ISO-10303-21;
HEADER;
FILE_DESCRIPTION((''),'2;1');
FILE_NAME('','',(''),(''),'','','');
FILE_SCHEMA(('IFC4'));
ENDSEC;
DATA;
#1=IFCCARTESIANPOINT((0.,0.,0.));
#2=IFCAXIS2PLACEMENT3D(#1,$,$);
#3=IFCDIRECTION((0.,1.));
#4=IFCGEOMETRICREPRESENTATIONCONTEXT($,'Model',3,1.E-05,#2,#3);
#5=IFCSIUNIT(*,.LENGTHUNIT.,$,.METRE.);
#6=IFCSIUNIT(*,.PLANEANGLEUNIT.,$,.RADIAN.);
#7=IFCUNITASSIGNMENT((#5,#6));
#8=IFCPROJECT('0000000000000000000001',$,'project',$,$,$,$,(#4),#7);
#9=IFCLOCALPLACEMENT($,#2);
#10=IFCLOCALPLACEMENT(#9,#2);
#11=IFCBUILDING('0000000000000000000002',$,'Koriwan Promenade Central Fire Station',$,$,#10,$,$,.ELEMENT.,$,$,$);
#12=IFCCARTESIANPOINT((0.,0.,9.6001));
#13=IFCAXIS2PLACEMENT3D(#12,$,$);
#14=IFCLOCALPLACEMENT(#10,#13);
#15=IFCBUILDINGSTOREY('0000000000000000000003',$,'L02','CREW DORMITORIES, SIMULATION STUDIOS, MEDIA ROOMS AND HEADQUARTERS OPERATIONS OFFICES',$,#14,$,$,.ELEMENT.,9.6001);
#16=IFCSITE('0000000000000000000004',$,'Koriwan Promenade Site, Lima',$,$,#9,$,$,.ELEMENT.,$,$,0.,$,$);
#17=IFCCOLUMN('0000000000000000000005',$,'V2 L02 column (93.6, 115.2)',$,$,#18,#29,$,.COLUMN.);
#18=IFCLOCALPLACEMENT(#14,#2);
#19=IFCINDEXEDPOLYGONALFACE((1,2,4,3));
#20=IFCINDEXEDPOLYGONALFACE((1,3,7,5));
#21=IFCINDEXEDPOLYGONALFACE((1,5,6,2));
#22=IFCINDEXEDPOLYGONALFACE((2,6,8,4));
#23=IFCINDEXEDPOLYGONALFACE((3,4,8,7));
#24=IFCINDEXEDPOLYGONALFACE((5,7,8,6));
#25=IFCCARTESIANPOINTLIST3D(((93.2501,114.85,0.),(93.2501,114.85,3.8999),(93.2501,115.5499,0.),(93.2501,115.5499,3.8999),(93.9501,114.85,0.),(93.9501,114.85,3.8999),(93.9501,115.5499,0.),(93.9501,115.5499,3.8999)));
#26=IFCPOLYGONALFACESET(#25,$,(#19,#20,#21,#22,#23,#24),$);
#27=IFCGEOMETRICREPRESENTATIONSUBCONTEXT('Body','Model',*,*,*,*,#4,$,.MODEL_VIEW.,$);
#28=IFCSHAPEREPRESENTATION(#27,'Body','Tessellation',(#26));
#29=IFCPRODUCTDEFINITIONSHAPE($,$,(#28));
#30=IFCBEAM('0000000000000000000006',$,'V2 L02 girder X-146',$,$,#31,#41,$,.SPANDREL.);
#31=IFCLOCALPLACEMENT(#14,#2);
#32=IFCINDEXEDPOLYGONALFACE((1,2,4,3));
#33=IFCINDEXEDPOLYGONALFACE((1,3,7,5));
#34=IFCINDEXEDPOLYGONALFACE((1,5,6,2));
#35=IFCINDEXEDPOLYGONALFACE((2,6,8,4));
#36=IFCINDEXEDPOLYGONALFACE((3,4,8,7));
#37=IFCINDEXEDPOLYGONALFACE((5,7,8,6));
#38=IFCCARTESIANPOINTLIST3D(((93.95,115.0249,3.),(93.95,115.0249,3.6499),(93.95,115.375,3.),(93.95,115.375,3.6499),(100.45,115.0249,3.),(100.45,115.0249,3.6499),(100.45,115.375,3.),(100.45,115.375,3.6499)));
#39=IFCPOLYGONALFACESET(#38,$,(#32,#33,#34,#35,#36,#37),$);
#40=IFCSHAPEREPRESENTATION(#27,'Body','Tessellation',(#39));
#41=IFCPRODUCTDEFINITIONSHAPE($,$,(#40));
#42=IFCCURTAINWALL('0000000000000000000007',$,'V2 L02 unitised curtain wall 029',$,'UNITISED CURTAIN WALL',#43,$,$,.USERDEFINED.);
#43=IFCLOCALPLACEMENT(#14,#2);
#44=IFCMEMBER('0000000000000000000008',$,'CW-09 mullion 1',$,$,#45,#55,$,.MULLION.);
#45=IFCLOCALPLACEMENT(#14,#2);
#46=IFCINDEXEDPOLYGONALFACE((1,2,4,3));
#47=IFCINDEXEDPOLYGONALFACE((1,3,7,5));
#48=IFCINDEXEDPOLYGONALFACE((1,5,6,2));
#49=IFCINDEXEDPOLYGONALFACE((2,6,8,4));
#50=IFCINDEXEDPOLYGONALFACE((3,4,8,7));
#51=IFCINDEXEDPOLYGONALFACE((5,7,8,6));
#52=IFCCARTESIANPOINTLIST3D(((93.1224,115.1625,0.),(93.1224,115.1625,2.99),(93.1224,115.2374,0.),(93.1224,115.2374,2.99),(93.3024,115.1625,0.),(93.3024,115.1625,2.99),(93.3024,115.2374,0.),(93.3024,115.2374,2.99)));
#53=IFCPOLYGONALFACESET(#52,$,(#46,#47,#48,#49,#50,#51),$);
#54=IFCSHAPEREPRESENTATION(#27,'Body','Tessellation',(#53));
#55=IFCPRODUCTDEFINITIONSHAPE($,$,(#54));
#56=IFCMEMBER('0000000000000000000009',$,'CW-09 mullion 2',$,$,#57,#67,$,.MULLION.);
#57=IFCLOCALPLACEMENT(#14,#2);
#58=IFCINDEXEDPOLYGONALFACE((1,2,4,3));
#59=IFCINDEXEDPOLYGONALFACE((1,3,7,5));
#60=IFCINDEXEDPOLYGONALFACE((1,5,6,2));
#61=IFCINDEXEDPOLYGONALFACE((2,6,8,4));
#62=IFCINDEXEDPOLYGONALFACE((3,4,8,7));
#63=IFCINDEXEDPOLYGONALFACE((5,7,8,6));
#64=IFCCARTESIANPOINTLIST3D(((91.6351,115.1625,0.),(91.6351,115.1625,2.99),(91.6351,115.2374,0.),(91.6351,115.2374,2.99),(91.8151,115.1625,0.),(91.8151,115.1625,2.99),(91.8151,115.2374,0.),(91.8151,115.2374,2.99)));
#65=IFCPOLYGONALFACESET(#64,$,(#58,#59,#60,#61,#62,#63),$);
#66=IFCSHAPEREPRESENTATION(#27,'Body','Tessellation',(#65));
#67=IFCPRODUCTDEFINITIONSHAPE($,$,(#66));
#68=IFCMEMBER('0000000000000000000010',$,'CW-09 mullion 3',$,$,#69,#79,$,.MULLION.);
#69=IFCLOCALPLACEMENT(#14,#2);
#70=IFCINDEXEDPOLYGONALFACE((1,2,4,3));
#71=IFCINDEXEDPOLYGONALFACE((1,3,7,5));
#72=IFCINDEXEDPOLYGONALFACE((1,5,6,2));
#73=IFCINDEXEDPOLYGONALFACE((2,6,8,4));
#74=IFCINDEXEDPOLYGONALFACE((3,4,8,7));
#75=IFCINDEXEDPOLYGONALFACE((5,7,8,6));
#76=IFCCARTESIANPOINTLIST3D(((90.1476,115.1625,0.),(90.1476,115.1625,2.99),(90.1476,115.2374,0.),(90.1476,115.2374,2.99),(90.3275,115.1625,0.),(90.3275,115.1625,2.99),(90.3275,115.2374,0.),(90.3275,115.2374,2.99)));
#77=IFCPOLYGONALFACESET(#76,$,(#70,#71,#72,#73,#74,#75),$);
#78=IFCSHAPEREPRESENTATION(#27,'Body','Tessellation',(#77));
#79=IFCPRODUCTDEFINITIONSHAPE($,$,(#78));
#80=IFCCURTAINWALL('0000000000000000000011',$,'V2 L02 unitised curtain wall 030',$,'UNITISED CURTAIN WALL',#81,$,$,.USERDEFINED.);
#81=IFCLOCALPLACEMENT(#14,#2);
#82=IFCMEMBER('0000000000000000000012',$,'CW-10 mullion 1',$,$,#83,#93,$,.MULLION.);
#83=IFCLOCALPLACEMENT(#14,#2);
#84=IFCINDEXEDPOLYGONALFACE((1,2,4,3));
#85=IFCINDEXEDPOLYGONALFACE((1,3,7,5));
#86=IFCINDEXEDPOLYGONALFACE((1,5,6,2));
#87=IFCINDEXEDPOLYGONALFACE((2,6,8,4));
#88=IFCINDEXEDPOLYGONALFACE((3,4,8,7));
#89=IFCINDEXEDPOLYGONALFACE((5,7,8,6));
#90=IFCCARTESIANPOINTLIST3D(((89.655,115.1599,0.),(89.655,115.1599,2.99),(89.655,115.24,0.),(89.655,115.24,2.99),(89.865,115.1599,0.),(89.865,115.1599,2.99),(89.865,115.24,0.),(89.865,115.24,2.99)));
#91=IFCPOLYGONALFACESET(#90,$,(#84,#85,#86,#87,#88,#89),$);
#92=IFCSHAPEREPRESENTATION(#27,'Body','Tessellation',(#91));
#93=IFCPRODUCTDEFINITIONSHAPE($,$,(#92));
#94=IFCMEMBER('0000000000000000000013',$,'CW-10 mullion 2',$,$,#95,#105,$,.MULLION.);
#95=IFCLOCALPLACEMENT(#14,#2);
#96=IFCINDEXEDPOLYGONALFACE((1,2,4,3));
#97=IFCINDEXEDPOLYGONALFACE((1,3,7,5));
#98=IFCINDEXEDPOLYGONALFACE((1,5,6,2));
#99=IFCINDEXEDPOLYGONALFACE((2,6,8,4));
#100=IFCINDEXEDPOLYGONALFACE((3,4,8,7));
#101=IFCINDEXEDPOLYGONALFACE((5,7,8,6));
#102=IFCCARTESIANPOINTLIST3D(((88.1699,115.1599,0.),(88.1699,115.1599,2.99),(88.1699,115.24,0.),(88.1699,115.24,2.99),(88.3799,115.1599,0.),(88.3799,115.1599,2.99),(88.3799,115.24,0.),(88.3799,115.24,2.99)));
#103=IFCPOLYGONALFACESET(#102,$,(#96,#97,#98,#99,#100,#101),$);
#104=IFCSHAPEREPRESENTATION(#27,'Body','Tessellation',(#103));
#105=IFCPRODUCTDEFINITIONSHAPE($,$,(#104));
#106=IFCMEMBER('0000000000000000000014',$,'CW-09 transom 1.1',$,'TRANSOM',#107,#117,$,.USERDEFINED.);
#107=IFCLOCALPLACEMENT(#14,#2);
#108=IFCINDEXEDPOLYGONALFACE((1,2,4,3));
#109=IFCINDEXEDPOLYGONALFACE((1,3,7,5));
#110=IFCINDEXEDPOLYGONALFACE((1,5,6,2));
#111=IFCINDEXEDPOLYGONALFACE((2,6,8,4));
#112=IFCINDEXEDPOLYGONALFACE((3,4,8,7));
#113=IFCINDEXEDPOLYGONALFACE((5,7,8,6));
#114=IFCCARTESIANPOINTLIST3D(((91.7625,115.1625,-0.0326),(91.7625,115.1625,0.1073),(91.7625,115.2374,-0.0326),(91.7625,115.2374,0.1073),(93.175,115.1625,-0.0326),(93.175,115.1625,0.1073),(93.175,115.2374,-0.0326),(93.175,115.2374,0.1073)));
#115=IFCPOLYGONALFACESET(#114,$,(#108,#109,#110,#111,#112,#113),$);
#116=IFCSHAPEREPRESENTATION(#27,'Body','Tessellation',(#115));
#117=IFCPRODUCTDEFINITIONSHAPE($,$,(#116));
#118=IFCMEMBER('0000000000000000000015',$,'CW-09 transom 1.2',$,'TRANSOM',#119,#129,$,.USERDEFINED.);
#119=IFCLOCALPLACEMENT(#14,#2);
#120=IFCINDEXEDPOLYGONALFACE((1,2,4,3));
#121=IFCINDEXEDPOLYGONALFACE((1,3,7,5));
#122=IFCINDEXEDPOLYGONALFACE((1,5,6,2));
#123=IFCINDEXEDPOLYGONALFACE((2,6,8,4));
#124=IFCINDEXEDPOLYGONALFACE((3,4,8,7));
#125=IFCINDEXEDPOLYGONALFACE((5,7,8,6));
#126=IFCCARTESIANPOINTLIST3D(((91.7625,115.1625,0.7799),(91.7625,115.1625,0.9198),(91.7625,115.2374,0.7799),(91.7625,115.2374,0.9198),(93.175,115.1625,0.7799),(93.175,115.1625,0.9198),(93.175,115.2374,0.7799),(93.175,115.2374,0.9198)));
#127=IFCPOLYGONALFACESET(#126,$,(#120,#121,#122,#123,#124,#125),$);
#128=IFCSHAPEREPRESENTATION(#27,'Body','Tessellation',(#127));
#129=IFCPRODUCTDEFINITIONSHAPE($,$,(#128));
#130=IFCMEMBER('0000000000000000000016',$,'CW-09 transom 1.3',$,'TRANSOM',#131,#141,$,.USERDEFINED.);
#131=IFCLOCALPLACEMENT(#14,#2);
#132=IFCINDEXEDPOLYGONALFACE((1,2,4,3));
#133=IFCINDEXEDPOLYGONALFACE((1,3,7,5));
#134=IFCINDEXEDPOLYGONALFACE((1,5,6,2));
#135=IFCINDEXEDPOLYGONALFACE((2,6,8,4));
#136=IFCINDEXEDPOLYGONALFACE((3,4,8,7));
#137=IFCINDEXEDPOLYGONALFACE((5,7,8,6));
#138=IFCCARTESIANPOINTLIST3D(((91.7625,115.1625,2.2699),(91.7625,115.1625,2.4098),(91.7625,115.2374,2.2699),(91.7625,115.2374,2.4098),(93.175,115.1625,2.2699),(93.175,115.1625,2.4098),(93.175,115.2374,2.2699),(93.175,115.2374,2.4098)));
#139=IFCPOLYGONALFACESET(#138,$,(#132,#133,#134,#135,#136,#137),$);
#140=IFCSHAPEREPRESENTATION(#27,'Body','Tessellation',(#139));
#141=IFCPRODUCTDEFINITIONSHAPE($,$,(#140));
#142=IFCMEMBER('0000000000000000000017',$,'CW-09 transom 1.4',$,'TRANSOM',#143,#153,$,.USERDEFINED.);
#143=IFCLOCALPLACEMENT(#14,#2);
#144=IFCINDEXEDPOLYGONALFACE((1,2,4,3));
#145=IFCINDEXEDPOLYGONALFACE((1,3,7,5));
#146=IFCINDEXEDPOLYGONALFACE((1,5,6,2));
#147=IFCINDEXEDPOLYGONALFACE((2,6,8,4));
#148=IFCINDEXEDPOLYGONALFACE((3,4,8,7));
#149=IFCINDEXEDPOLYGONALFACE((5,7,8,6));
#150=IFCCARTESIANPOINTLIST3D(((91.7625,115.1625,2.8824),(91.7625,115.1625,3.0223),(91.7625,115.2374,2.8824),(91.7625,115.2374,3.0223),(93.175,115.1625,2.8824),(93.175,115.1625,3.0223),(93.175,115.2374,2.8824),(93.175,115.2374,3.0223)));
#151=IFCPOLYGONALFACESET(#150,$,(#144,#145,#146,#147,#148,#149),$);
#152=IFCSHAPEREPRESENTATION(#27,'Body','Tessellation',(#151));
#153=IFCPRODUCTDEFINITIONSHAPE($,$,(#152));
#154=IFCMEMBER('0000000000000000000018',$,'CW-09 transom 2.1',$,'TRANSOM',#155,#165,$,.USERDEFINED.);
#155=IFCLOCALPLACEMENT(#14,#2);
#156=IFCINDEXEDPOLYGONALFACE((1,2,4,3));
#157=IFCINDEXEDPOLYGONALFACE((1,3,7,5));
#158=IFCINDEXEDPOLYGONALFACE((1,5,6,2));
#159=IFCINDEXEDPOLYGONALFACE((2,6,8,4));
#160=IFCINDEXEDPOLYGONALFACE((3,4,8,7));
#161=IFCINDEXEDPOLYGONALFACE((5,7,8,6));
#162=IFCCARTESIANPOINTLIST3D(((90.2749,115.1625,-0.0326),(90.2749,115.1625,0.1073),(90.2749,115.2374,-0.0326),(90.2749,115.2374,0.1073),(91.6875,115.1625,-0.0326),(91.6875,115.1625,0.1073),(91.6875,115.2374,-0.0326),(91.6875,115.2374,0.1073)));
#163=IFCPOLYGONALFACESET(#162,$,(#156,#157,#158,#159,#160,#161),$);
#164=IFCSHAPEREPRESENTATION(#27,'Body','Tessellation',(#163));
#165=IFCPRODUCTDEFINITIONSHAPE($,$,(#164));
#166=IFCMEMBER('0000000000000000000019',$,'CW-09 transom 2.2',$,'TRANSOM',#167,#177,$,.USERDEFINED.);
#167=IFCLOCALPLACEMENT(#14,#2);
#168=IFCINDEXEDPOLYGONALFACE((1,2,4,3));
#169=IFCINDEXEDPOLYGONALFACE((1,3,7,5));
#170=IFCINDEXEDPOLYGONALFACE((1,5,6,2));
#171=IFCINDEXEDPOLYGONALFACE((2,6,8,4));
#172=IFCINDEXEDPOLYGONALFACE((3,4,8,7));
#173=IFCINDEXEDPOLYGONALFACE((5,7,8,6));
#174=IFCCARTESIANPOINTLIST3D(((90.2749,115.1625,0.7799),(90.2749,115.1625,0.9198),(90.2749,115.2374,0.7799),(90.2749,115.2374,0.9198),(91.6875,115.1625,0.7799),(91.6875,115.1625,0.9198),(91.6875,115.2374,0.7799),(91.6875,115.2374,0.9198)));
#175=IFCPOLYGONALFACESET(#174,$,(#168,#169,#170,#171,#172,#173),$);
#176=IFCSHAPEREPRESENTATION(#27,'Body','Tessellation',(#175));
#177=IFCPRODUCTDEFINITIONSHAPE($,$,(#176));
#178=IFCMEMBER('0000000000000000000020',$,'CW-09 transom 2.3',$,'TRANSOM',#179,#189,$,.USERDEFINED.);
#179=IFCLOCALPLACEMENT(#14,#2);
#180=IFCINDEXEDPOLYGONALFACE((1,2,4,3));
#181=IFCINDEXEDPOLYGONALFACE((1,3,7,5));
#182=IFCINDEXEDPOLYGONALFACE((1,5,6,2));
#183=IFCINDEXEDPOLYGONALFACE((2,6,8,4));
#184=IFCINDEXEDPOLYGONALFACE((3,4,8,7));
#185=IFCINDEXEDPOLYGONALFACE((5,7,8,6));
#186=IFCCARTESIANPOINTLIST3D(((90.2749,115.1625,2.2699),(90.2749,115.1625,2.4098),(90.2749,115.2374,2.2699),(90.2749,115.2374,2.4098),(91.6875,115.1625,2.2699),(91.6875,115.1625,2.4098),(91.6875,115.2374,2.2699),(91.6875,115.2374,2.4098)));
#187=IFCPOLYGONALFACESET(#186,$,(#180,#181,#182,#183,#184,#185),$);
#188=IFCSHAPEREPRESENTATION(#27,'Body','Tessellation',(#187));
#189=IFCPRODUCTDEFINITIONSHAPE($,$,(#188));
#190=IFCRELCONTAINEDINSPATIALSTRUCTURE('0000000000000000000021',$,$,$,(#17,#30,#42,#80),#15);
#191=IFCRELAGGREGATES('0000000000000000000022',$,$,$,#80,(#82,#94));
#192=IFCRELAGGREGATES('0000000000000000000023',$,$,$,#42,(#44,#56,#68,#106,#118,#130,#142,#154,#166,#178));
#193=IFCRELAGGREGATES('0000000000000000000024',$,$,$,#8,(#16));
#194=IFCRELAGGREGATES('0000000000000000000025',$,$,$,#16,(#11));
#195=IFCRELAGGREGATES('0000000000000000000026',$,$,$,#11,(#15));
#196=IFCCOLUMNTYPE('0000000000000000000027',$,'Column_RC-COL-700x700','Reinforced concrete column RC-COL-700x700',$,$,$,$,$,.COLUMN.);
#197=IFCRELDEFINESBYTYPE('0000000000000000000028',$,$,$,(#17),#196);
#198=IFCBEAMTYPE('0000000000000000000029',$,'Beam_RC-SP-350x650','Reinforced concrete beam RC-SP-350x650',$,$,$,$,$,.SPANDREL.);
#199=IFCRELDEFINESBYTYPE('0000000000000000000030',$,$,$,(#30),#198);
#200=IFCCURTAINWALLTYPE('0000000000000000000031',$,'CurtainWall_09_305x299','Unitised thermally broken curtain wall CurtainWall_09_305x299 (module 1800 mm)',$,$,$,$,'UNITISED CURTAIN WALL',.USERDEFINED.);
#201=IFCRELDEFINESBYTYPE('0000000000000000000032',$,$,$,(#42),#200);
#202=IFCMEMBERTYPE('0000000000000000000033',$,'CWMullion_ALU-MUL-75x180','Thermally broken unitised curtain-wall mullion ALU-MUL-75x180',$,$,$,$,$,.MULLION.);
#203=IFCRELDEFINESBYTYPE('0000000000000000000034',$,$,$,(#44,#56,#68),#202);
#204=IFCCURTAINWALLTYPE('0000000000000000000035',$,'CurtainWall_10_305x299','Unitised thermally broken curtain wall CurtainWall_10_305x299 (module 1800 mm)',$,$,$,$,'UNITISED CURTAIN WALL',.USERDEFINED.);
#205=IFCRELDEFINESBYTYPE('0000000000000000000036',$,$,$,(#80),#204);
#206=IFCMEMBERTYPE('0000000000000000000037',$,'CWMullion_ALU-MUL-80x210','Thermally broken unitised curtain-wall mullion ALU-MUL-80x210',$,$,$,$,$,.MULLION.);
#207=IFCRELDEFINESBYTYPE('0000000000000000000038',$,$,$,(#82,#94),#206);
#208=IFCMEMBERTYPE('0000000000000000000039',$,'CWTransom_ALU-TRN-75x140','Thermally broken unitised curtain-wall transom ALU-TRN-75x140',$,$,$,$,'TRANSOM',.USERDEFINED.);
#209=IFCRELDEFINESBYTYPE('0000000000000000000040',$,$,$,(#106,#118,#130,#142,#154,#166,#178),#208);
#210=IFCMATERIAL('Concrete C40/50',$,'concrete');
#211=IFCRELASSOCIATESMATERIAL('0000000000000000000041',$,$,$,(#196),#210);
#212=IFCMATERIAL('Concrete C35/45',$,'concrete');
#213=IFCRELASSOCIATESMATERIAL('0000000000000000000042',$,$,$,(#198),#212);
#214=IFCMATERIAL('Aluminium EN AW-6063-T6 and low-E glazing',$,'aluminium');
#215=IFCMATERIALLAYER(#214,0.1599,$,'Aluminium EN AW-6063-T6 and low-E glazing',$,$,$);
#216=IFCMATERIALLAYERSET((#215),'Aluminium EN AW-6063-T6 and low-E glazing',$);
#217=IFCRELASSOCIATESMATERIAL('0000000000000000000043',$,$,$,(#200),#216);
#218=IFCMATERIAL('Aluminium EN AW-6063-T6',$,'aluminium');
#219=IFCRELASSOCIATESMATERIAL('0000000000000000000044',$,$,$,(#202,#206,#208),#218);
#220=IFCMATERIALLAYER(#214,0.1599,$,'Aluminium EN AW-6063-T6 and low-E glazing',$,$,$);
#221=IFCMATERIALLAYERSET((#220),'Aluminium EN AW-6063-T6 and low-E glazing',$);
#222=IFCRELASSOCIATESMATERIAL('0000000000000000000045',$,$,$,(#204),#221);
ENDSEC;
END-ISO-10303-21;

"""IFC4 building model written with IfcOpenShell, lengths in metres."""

from ifc_helpers import new_model, si_unit, direction, frame, origin, origin_2d, place, context, subcontext, project, spatial, rectangle, extrude, material, layer, layer_set, material_profile, profile_set, type_object, element, aggregate, save


model = new_model("IFC4")

# Units and contexts
model_context = context("Model", 3, precision=1e-05, world=origin(), true_north=direction((0.0, 1.0)))
body_context = subcontext(model_context, "Body", "Model", "MODEL_VIEW")
ifc_project = project(units=[si_unit("LENGTHUNIT", "METRE"), si_unit("PLANEANGLEUNIT", "RADIAN")], contexts=[model_context])

# Site, building, storey
site_placement = place(None, origin())
site = spatial("IfcSite", under=ifc_project, at=site_placement, Name="Koriwan Promenade Site, Lima", CompositionType="ELEMENT", RefElevation=0.0)
building_placement = place(site_placement, origin())
building = spatial("IfcBuilding", under=site, at=building_placement, Name="Koriwan Promenade Central Fire Station", CompositionType="ELEMENT")
storey_placement = place(building_placement, frame((0.0, 0.0, 9.6001)))
storey = spatial("IfcBuildingStorey", under=building, at=storey_placement, Name="L02", Description="CREW DORMITORIES, SIMULATION STUDIOS, MEDIA ROOMS AND HEADQUARTERS OPERATIONS OFFICES", CompositionType="ELEMENT", Elevation=9.6001)

# Column
ifc_material_1 = material(Name="Concrete C40/50", Category="concrete")
ifc_material_profile_1 = material_profile(ifc_material_1, rectangle(XDim=0.7, YDim=0.7, at=origin_2d()), Name="RC-COL-700x700")
ifc_profile_set_1 = profile_set([ifc_material_profile_1], Name="Concrete C40/50")
column_type = type_object("IfcColumnType", Name="Column_RC-COL-700x700", Description="Reinforced concrete column RC-COL-700x700", PredefinedType="COLUMN", material=ifc_profile_set_1)
column_placement = place(storey_placement, frame((93.6001, 115.2, 0.0), z_axis=(0.0, 0.0, 1.0), x_axis=(1.0, 0.0, 0.0)))
element("IfcColumn", 1, at=column_placement, inside=storey, type_object=column_type, Name="V2 L02 column (93.6, 115.2)", PredefinedType="COLUMN", context=body_context, shape_type="SweptSolid", body=[
    extrude(rectangle(XDim=0.7, YDim=0.7, at=origin_2d()), origin(), (0.0, 0.0, 1.0), 3.8999),
])

# Beam
ifc_material_2 = material(Name="Concrete C35/45", Category="concrete")
ifc_material_profile_2 = material_profile(ifc_material_2, rectangle(XDim=0.3501, YDim=0.6499, at=origin_2d()), Name="RC-SP-350x650")
ifc_profile_set_2 = profile_set([ifc_material_profile_2], Name="Concrete C35/45")
beam_type = type_object("IfcBeamType", Name="Beam_RC-SP-350x650", Description="Reinforced concrete beam RC-SP-350x650", PredefinedType="SPANDREL", material=ifc_profile_set_2)
beam_placement = place(storey_placement, frame((93.95, 115.2, 3.325), z_axis=(1.0, 0.0, 0.0), x_axis=(0.0, 1.0, 0.0)))
element("IfcBeam", 2, at=beam_placement, inside=storey, type_object=beam_type, Name="V2 L02 girder X-146", PredefinedType="SPANDREL", context=body_context, shape_type="SweptSolid", body=[
    extrude(rectangle(XDim=0.3501, YDim=0.6499, at=origin_2d()), origin(), (0.0, 0.0, 1.0), 6.5),
])

# Curtain walls, members
ifc_material_3 = material(Name="Aluminium EN AW-6063-T6 and low-E glazing", Category="aluminium")
ifc_layer_1 = layer(ifc_material_3, 0.1599, Name="Aluminium EN AW-6063-T6 and low-E glazing")
ifc_layer_set_1 = layer_set([ifc_layer_1], Name="Aluminium EN AW-6063-T6 and low-E glazing")
curtain_wall_type_1 = type_object("IfcCurtainWallType", Name="CurtainWall_09_305x299", Description="Unitised thermally broken curtain wall CurtainWall_09_305x299 (module 1800 mm)", ElementType="UNITISED CURTAIN WALL", PredefinedType="USERDEFINED", material=ifc_layer_set_1)
curtain_wall_1_placement = place(storey_placement, origin())
curtain_wall_1 = element("IfcCurtainWall", 3, at=curtain_wall_1_placement, inside=storey, type_object=curtain_wall_type_1, Name="V2 L02 unitised curtain wall 029", ObjectType="UNITISED CURTAIN WALL", PredefinedType="USERDEFINED")
ifc_material_4 = material(Name="Aluminium EN AW-6063-T6", Category="aluminium")
ifc_material_profile_3 = material_profile(ifc_material_4, rectangle(XDim=0.075, YDim=0.1799, at=origin_2d()), Name="ALU-MUL-75x180")
ifc_profile_set_3 = profile_set([ifc_material_profile_3], Name="Aluminium EN AW-6063-T6")
member_type_1 = type_object("IfcMemberType", Name="CWMullion_ALU-MUL-75x180", Description="Thermally broken unitised curtain-wall mullion ALU-MUL-75x180", PredefinedType="MULLION", material=ifc_profile_set_3)
member_1_placement = place(storey_placement, frame((93.2124, 115.2, 0.0), z_axis=(0.0, 0.0, 1.0), x_axis=(0.0, -1.0, 0.0)))
member_1 = element("IfcMember", 4, at=member_1_placement, type_object=member_type_1, Name="CW-09 mullion 1", PredefinedType="MULLION", context=body_context, shape_type="SweptSolid", body=[
    extrude(rectangle(XDim=0.075, YDim=0.1799, at=origin_2d()), origin(), (0.0, 0.0, 1.0), 2.99),
])
member_2_placement = place(storey_placement, frame((91.7251, 115.2, 0.0), z_axis=(0.0, 0.0, 1.0), x_axis=(0.0, -1.0, 0.0)))
member_2 = element("IfcMember", 5, at=member_2_placement, type_object=member_type_1, Name="CW-09 mullion 2", PredefinedType="MULLION", context=body_context, shape_type="SweptSolid", body=[
    extrude(rectangle(XDim=0.075, YDim=0.1799, at=origin_2d()), origin(), (0.0, 0.0, 1.0), 2.99),
])
member_3_placement = place(storey_placement, frame((90.2375, 115.2, 0.0), z_axis=(0.0, 0.0, 1.0), x_axis=(0.0, -1.0, 0.0)))
member_3 = element("IfcMember", 6, at=member_3_placement, type_object=member_type_1, Name="CW-09 mullion 3", PredefinedType="MULLION", context=body_context, shape_type="SweptSolid", body=[
    extrude(rectangle(XDim=0.075, YDim=0.1799, at=origin_2d()), origin(), (0.0, 0.0, 1.0), 2.99),
])
ifc_layer_2 = layer(ifc_material_3, 0.1599, Name="Aluminium EN AW-6063-T6 and low-E glazing")
ifc_layer_set_2 = layer_set([ifc_layer_2], Name="Aluminium EN AW-6063-T6 and low-E glazing")
curtain_wall_type_2 = type_object("IfcCurtainWallType", Name="CurtainWall_10_305x299", Description="Unitised thermally broken curtain wall CurtainWall_10_305x299 (module 1800 mm)", ElementType="UNITISED CURTAIN WALL", PredefinedType="USERDEFINED", material=ifc_layer_set_2)
curtain_wall_2_placement = place(storey_placement, origin())
curtain_wall_2 = element("IfcCurtainWall", 7, at=curtain_wall_2_placement, inside=storey, type_object=curtain_wall_type_2, Name="V2 L02 unitised curtain wall 030", ObjectType="UNITISED CURTAIN WALL", PredefinedType="USERDEFINED")
ifc_material_profile_4 = material_profile(ifc_material_4, rectangle(XDim=0.0801, YDim=0.21, at=origin_2d()), Name="ALU-MUL-80x210")
ifc_profile_set_4 = profile_set([ifc_material_profile_4], Name="Aluminium EN AW-6063-T6")
member_type_2 = type_object("IfcMemberType", Name="CWMullion_ALU-MUL-80x210", Description="Thermally broken unitised curtain-wall mullion ALU-MUL-80x210", PredefinedType="MULLION", material=ifc_profile_set_4)
member_4_placement = place(storey_placement, frame((89.76, 115.2, 0.0), z_axis=(0.0, 0.0, 1.0), x_axis=(0.0, -1.0, 0.0)))
member_4 = element("IfcMember", 8, at=member_4_placement, type_object=member_type_2, Name="CW-10 mullion 1", PredefinedType="MULLION", context=body_context, shape_type="SweptSolid", body=[
    extrude(rectangle(XDim=0.0801, YDim=0.21, at=origin_2d()), origin(), (0.0, 0.0, 1.0), 2.99),
])
member_5_placement = place(storey_placement, frame((88.2749, 115.2, 0.0), z_axis=(0.0, 0.0, 1.0), x_axis=(0.0, -1.0, 0.0)))
member_5 = element("IfcMember", 9, at=member_5_placement, type_object=member_type_2, Name="CW-10 mullion 2", PredefinedType="MULLION", context=body_context, shape_type="SweptSolid", body=[
    extrude(rectangle(XDim=0.0801, YDim=0.21, at=origin_2d()), origin(), (0.0, 0.0, 1.0), 2.99),
])

# Members
ifc_material_profile_5 = material_profile(ifc_material_4, rectangle(XDim=0.075, YDim=0.1399, at=origin_2d()), Name="ALU-TRN-75x140")
ifc_profile_set_5 = profile_set([ifc_material_profile_5], Name="Aluminium EN AW-6063-T6")
member_type_3 = type_object("IfcMemberType", Name="CWTransom_ALU-TRN-75x140", Description="Thermally broken unitised curtain-wall transom ALU-TRN-75x140", ElementType="TRANSOM", PredefinedType="USERDEFINED", material=ifc_profile_set_5)
member_6_placement = place(storey_placement, frame((93.175, 115.2, 0.0374), z_axis=(-1.0, 0.0, 0.0), x_axis=(0.0, -1.0, 0.0)))
member_6 = element("IfcMember", 10, at=member_6_placement, type_object=member_type_3, Name="CW-09 transom 1.1", ObjectType="TRANSOM", PredefinedType="USERDEFINED", context=body_context, shape_type="SweptSolid", body=[
    extrude(rectangle(XDim=0.075, YDim=0.1399, at=origin_2d()), origin(), (0.0, 0.0, 1.0), 1.4126),
])
member_7_placement = place(storey_placement, frame((93.175, 115.2, 0.8499), z_axis=(-1.0, 0.0, 0.0), x_axis=(0.0, -1.0, 0.0)))
member_7 = element("IfcMember", 11, at=member_7_placement, type_object=member_type_3, Name="CW-09 transom 1.2", ObjectType="TRANSOM", PredefinedType="USERDEFINED", context=body_context, shape_type="SweptSolid", body=[
    extrude(rectangle(XDim=0.075, YDim=0.1399, at=origin_2d()), origin(), (0.0, 0.0, 1.0), 1.4126),
])
member_8_placement = place(storey_placement, frame((93.175, 115.2, 2.3398), z_axis=(-1.0, 0.0, 0.0), x_axis=(0.0, -1.0, 0.0)))
member_8 = element("IfcMember", 12, at=member_8_placement, type_object=member_type_3, Name="CW-09 transom 1.3", ObjectType="TRANSOM", PredefinedType="USERDEFINED", context=body_context, shape_type="SweptSolid", body=[
    extrude(rectangle(XDim=0.075, YDim=0.1399, at=origin_2d()), origin(), (0.0, 0.0, 1.0), 1.4126),
])
member_9_placement = place(storey_placement, frame((93.175, 115.2, 2.9524), z_axis=(-1.0, 0.0, 0.0), x_axis=(0.0, -1.0, 0.0)))
member_9 = element("IfcMember", 13, at=member_9_placement, type_object=member_type_3, Name="CW-09 transom 1.4", ObjectType="TRANSOM", PredefinedType="USERDEFINED", context=body_context, shape_type="SweptSolid", body=[
    extrude(rectangle(XDim=0.075, YDim=0.1399, at=origin_2d()), origin(), (0.0, 0.0, 1.0), 1.4126),
])
member_10_placement = place(storey_placement, frame((91.6875, 115.2, 0.0374), z_axis=(-1.0, 0.0, 0.0), x_axis=(0.0, -1.0, 0.0)))
member_10 = element("IfcMember", 14, at=member_10_placement, type_object=member_type_3, Name="CW-09 transom 2.1", ObjectType="TRANSOM", PredefinedType="USERDEFINED", context=body_context, shape_type="SweptSolid", body=[
    extrude(rectangle(XDim=0.075, YDim=0.1399, at=origin_2d()), origin(), (0.0, 0.0, 1.0), 1.4126),
])
member_11_placement = place(storey_placement, frame((91.6875, 115.2, 0.8499), z_axis=(-1.0, 0.0, 0.0), x_axis=(0.0, -1.0, 0.0)))
member_11 = element("IfcMember", 15, at=member_11_placement, type_object=member_type_3, Name="CW-09 transom 2.2", ObjectType="TRANSOM", PredefinedType="USERDEFINED", context=body_context, shape_type="SweptSolid", body=[
    extrude(rectangle(XDim=0.075, YDim=0.1399, at=origin_2d()), origin(), (0.0, 0.0, 1.0), 1.4126),
])
member_12_placement = place(storey_placement, frame((91.6875, 115.2, 2.3398), z_axis=(-1.0, 0.0, 0.0), x_axis=(0.0, -1.0, 0.0)))
member_12 = element("IfcMember", 16, at=member_12_placement, type_object=member_type_3, Name="CW-09 transom 2.3", ObjectType="TRANSOM", PredefinedType="USERDEFINED", context=body_context, shape_type="SweptSolid", body=[
    extrude(rectangle(XDim=0.075, YDim=0.1399, at=origin_2d()), origin(), (0.0, 0.0, 1.0), 1.4126),
])

aggregate(curtain_wall_2, [member_4, member_5])
aggregate(curtain_wall_1, [member_1, member_2, member_3, member_6, member_7, member_8, member_9, member_10, member_11, member_12])

save(model, "model.ifc")
